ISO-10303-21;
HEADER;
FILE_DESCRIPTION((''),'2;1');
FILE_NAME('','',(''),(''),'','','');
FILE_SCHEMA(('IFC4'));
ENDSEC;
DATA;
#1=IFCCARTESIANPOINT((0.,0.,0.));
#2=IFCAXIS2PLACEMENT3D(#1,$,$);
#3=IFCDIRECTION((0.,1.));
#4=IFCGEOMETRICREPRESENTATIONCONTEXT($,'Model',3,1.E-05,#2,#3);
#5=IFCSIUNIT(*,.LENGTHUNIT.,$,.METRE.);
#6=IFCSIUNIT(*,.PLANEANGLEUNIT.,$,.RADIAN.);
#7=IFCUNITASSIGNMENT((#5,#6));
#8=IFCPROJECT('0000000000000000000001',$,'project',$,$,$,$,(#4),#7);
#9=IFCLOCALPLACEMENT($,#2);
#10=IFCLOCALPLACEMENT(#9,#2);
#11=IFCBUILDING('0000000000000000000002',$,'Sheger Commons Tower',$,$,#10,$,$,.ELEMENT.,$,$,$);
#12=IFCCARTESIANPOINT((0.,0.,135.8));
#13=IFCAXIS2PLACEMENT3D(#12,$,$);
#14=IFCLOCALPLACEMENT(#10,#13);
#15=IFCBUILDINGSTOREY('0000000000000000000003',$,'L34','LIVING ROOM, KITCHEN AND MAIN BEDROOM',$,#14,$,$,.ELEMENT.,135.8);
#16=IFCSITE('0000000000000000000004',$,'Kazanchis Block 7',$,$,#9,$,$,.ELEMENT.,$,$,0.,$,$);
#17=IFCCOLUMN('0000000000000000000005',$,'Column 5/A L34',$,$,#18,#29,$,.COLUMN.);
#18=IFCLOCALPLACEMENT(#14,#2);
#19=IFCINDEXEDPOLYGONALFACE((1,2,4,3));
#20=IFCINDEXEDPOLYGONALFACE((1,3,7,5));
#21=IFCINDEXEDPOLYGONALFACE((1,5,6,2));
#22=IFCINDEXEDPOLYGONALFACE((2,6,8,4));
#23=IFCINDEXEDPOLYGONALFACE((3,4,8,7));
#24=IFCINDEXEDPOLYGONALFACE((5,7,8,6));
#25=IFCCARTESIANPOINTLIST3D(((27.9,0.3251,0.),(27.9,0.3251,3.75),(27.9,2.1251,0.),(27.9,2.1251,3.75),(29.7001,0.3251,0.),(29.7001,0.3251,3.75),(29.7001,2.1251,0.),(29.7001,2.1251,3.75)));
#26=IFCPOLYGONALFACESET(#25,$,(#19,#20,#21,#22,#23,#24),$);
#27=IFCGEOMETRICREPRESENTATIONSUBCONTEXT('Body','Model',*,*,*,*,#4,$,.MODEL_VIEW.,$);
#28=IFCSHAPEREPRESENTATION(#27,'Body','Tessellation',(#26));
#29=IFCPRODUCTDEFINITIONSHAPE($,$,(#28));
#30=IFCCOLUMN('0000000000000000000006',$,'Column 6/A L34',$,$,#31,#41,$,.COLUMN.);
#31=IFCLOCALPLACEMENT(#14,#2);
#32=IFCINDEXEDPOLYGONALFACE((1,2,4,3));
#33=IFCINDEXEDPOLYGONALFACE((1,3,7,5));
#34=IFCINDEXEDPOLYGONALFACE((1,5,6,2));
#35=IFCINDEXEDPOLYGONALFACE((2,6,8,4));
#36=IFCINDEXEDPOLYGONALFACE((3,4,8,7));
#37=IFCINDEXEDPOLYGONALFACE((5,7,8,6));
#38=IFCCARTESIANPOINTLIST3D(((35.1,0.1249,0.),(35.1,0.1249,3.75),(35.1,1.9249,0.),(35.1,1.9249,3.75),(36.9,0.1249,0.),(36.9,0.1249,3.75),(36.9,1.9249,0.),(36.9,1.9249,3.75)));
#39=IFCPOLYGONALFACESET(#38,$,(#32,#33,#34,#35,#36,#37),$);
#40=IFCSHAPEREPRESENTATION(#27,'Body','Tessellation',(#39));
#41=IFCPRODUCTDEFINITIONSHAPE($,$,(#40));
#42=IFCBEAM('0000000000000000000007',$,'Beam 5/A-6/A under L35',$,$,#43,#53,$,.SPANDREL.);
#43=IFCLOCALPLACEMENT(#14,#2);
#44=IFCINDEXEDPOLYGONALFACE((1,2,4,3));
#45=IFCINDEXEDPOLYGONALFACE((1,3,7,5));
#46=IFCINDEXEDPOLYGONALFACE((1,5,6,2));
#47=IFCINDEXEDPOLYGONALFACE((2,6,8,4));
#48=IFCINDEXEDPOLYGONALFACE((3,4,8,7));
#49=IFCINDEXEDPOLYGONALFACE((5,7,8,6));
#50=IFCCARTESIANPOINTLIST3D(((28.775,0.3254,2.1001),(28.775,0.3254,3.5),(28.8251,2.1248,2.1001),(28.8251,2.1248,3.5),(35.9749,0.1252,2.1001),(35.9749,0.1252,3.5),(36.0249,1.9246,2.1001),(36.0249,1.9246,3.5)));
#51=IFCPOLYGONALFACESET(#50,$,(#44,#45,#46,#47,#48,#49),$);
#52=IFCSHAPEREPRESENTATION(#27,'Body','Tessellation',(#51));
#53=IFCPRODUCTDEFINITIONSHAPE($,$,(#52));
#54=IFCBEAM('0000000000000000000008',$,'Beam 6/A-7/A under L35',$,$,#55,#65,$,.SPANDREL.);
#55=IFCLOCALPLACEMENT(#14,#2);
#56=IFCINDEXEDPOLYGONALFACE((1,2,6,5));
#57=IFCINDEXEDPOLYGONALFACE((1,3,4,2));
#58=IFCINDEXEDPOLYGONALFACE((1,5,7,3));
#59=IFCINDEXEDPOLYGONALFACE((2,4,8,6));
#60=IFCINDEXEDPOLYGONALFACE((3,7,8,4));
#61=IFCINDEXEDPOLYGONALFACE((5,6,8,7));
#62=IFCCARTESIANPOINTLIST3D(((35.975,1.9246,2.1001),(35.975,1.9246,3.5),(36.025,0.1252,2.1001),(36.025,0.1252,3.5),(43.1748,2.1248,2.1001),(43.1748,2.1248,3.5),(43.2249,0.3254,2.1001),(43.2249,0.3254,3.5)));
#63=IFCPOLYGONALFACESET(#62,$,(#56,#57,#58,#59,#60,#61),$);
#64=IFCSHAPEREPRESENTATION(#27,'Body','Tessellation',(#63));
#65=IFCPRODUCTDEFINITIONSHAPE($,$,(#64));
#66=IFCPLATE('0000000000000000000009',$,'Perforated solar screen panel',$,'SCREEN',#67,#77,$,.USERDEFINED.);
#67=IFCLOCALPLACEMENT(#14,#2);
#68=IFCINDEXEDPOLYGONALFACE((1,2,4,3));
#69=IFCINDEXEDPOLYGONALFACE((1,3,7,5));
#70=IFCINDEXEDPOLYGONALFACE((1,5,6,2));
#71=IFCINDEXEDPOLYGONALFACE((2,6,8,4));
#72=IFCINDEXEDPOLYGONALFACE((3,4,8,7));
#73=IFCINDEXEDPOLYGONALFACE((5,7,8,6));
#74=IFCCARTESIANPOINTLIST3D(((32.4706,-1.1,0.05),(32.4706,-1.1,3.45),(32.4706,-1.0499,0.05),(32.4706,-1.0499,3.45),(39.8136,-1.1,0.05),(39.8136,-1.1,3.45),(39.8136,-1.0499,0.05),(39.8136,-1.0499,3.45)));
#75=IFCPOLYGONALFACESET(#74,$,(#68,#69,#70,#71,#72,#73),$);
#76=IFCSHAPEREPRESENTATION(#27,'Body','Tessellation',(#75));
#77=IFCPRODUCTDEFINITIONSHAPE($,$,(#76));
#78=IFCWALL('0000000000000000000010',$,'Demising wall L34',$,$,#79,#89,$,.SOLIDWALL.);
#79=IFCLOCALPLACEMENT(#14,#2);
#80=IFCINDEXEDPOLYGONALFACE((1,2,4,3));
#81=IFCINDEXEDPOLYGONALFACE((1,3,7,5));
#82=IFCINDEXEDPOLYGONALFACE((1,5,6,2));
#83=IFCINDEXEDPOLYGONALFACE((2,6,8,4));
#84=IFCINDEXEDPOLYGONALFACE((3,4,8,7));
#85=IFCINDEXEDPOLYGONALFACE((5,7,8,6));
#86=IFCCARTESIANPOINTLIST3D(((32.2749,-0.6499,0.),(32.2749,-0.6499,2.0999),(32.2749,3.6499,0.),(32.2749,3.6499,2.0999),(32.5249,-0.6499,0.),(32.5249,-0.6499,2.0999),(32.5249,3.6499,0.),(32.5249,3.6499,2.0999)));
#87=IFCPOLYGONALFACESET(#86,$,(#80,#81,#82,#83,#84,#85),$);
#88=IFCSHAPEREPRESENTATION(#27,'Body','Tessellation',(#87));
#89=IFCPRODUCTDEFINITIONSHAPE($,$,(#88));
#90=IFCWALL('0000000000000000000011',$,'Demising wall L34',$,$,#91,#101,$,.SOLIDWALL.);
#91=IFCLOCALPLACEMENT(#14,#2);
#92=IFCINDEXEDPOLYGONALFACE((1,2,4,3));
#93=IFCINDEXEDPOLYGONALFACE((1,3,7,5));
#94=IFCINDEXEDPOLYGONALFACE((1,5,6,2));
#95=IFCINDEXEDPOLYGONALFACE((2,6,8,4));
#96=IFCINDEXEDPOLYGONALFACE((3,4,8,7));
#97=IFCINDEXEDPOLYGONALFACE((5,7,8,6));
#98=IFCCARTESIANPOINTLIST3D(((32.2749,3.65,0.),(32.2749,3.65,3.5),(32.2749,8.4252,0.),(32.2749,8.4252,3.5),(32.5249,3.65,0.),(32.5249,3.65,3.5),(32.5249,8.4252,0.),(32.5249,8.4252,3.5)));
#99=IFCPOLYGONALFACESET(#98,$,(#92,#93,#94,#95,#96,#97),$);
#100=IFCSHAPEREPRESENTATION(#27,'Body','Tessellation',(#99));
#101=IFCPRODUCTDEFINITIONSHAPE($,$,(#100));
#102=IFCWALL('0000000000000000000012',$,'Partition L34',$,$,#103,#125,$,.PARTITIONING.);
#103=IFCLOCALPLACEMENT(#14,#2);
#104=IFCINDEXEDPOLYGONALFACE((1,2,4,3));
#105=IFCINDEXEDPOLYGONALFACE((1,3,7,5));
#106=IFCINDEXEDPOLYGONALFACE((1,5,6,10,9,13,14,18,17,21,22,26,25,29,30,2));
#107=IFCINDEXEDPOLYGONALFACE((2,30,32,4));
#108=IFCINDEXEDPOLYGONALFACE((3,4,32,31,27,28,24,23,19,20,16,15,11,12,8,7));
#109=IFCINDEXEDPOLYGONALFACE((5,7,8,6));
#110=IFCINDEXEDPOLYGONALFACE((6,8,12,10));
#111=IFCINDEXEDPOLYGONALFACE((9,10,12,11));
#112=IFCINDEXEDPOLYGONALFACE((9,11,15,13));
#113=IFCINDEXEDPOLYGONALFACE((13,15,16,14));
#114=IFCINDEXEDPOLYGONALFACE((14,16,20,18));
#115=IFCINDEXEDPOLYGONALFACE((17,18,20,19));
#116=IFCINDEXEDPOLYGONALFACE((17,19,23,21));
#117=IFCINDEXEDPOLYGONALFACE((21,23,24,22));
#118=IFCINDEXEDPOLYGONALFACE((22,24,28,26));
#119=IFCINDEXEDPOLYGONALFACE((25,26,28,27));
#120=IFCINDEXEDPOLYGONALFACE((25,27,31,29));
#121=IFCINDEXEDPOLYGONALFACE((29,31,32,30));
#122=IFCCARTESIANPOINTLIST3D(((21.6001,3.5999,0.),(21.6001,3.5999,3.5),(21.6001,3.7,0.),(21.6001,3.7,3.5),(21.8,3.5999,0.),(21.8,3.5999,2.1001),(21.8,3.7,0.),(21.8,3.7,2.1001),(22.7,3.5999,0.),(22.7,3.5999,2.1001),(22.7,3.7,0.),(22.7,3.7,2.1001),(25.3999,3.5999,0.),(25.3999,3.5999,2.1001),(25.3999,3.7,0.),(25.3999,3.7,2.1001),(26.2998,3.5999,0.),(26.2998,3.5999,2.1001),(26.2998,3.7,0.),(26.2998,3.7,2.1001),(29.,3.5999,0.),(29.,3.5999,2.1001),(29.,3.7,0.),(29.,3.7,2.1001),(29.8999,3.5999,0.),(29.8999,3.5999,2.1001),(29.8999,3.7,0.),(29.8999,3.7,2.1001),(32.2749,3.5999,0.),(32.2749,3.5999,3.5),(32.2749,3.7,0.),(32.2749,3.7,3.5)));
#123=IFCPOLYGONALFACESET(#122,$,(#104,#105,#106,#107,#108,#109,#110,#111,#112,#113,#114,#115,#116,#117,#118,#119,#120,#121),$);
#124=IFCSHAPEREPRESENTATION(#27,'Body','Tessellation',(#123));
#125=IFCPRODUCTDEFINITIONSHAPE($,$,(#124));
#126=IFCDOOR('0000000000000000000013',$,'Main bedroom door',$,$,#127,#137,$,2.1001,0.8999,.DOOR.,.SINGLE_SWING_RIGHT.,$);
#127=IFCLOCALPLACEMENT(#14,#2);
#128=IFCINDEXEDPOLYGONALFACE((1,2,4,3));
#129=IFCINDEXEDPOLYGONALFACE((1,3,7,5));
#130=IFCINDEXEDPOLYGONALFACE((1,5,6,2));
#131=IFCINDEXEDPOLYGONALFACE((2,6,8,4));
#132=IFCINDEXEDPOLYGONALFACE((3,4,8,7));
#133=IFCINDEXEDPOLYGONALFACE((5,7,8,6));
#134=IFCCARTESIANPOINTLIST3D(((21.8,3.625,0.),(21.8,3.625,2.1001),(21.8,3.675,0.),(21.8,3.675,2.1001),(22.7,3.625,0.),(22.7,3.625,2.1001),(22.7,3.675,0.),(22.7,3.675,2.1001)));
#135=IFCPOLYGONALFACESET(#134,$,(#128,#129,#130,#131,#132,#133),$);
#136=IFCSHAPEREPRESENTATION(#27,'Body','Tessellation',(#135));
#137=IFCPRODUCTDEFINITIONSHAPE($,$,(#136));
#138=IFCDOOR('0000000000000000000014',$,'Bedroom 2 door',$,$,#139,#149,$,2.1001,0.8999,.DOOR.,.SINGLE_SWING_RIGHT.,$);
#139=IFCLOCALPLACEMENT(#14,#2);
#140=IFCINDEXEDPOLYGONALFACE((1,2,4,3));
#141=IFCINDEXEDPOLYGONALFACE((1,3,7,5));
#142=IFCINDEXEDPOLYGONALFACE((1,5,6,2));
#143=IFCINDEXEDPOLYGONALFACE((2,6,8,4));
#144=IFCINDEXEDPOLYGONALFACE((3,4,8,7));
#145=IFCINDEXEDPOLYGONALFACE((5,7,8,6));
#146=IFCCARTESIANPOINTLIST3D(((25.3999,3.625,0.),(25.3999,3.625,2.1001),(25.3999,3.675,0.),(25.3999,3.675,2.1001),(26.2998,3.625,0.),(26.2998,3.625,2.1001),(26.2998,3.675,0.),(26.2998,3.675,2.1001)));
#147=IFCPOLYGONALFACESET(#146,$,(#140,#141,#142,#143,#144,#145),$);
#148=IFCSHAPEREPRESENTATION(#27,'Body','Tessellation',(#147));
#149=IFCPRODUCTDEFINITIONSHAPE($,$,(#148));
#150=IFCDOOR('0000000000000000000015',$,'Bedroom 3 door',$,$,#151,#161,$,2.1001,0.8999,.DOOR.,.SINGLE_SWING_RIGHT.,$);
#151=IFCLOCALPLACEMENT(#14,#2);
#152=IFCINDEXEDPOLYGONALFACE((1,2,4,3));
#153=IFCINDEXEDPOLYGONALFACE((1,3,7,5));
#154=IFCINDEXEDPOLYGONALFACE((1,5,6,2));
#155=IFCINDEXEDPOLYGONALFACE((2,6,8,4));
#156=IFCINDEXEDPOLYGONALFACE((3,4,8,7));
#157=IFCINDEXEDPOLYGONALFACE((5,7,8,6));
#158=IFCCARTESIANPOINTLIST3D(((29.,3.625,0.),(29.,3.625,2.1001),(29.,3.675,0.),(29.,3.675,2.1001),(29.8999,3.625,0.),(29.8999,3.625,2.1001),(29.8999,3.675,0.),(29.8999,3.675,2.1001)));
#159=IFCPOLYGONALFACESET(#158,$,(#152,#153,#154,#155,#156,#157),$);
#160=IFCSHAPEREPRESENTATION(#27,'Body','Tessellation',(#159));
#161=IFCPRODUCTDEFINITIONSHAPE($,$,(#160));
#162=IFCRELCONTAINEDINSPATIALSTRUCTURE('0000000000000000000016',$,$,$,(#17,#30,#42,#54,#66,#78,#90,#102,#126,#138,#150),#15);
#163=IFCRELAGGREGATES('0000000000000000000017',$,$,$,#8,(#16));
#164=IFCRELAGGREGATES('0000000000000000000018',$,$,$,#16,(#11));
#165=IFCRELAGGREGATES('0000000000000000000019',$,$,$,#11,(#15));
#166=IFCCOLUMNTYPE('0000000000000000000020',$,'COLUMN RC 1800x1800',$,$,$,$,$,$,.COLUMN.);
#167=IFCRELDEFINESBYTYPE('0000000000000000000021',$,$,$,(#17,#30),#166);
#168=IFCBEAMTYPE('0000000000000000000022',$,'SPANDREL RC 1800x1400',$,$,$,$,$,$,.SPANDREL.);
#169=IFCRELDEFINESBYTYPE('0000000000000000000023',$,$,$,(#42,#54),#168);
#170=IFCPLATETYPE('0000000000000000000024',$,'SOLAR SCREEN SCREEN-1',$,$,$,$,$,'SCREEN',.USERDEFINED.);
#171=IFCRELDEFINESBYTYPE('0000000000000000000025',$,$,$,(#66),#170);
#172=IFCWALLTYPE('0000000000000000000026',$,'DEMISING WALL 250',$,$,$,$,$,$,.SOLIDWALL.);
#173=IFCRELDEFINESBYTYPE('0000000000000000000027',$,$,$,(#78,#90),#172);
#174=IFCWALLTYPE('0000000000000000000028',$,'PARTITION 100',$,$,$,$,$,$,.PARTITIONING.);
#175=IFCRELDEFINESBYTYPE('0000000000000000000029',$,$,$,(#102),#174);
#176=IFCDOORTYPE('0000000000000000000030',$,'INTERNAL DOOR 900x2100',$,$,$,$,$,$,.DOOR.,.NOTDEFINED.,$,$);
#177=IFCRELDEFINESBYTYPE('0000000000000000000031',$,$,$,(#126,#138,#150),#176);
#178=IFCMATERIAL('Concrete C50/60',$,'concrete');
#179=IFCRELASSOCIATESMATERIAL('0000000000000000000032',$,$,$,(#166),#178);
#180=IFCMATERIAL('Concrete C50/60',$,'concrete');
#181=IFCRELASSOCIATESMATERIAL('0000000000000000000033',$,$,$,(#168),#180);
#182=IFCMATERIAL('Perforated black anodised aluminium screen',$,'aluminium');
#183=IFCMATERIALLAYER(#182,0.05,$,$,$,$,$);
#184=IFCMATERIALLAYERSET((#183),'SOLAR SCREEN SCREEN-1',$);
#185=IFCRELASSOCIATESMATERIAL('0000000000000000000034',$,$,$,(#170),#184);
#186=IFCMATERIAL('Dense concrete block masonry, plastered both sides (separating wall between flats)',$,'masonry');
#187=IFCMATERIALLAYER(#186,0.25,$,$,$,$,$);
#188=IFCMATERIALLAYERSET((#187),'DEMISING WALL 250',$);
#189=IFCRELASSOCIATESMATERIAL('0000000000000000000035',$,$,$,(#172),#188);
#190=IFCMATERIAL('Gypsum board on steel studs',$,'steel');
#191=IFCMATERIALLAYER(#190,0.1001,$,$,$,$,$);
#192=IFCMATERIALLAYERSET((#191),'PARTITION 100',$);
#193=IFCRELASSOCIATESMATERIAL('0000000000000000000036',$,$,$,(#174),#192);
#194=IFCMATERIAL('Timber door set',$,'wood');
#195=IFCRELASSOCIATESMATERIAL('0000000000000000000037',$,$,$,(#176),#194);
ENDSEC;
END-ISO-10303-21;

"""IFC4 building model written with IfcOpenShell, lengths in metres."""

from ifc_helpers import new_model, si_unit, direction, frame, frame_2d, origin, origin_2d, place, context, subcontext, project, spatial, rectangle, extrude, material, layer, layer_set, material_profile, profile_set, type_object, element, fill, save


model = new_model("IFC4")

# Units and contexts
model_context = context("Model", 3, precision=1e-05, world=origin(), true_north=direction((0.0, 1.0)))
body_context = subcontext(model_context, "Body", "Model", "MODEL_VIEW")
ifc_project = project(units=[si_unit("LENGTHUNIT", "METRE"), si_unit("PLANEANGLEUNIT", "RADIAN")], contexts=[model_context])

# Site, building, storey
site_placement = place(None, origin())
site = spatial("IfcSite", under=ifc_project, at=site_placement, Name="Kazanchis Block 7", CompositionType="ELEMENT", RefElevation=0.0)
building_placement = place(site_placement, origin())
building = spatial("IfcBuilding", under=site, at=building_placement, Name="Sheger Commons Tower", CompositionType="ELEMENT")
storey_placement = place(building_placement, frame((0.0, 0.0, 135.8)))
storey = spatial("IfcBuildingStorey", under=building, at=storey_placement, Name="L34", Description="LIVING ROOM, KITCHEN AND MAIN BEDROOM", CompositionType="ELEMENT", Elevation=135.8)

# Columns
ifc_material_1 = material(Name="Concrete C50/60", Category="concrete")
ifc_material_profile_1 = material_profile(ifc_material_1, rectangle(XDim=1.8, YDim=1.8, at=origin_2d()), Name="RC 1800x1800")
ifc_profile_set_1 = profile_set([ifc_material_profile_1], Name="Concrete C50/60")
column_type = type_object("IfcColumnType", Name="COLUMN RC 1800x1800", PredefinedType="COLUMN", material=ifc_profile_set_1)
for number, where, z_axis, x_axis, name in (
    (1, (28.8, 1.2251, 0.0), (0.0, 0.0, 1.0), (1.0, 0.0, 0.0), "Column 5/A L34"),
    (2, (36.0, 1.0249, 0.0), (0.0, 0.0, 1.0), (1.0, 0.0, 0.0), "Column 6/A L34"),
):
    element("IfcColumn", number, at=place(storey_placement, frame(where, z_axis=z_axis, x_axis=x_axis)), inside=storey, type_object=column_type, Name=name, PredefinedType="COLUMN", context=body_context, shape_type="SweptSolid", body=[
        extrude(rectangle(XDim=1.8, YDim=1.8, at=origin_2d()), origin(), (0.0, 0.0, 1.0), 3.75),
    ])

# Beams
ifc_material_2 = material(Name="Concrete C50/60", Category="concrete")
ifc_material_profile_2 = material_profile(ifc_material_2, rectangle(XDim=1.8, YDim=1.3999, at=origin_2d()), Name="RC 1800x1400")
ifc_profile_set_2 = profile_set([ifc_material_profile_2], Name="Concrete C50/60")
beam_type = type_object("IfcBeamType", Name="SPANDREL RC 1800x1400", PredefinedType="SPANDREL", material=ifc_profile_set_2)
for number, where, z_axis, x_axis, name in (
    (3, (28.8, 1.2251, 2.8), (0.999614, -0.027794, 0.0), (0.027794, 0.999614, 0.0), "Beam 5/A-6/A under L35"),
    (4, (36.0, 1.0249, 2.8), (0.999614, 0.027794, 0.0), (-0.027794, 0.999614, 0.0), "Beam 6/A-7/A under L35"),
):
    element("IfcBeam", number, at=place(storey_placement, frame(where, z_axis=z_axis, x_axis=x_axis)), inside=storey, type_object=beam_type, Name=name, PredefinedType="SPANDREL", context=body_context, shape_type="SweptSolid", body=[
        extrude(rectangle(XDim=1.8, YDim=1.3999, at=origin_2d()), origin(), (0.0, 0.0, 1.0), 7.2026),
    ])

# Plate
ifc_material_3 = material(Name="Perforated black anodised aluminium screen", Category="aluminium")
ifc_layer_1 = layer(ifc_material_3, 0.05)
ifc_layer_set_1 = layer_set([ifc_layer_1], Name="SOLAR SCREEN SCREEN-1")
plate_type = type_object("IfcPlateType", Name="SOLAR SCREEN SCREEN-1", ElementType="SCREEN", PredefinedType="USERDEFINED", material=ifc_layer_set_1)
plate_placement = place(storey_placement, frame((36.1421, -1.075, 0.05), z_axis=(0.0, 0.0, 1.0), x_axis=(1.0, 0.0, 0.0)))
element("IfcPlate", 5, at=plate_placement, inside=storey, type_object=plate_type, Name="Perforated solar screen panel", ObjectType="SCREEN", PredefinedType="USERDEFINED", context=body_context, shape_type="SweptSolid", body=[
    extrude(rectangle(XDim=7.343, YDim=0.05, at=origin_2d()), origin(), (0.0, 0.0, 1.0), 3.3999),
])

# Walls
ifc_material_4 = material(Name="Dense concrete block masonry, plastered both sides (separating wall between flats)", Category="masonry")
ifc_layer_2 = layer(ifc_material_4, 0.25)
ifc_layer_set_2 = layer_set([ifc_layer_2], Name="DEMISING WALL 250")
wall_type_1 = type_object("IfcWallType", Name="DEMISING WALL 250", PredefinedType="SOLIDWALL", material=ifc_layer_set_2)
wall_1_placement = place(storey_placement, frame((32.3999, -0.6499, 0.0), z_axis=(0.0, 0.0, 1.0), x_axis=(0.0, 1.0, 0.0)))
element("IfcWall", 6, at=wall_1_placement, inside=storey, type_object=wall_type_1, Name="Demising wall L34", PredefinedType="SOLIDWALL", context=body_context, shape_type="SweptSolid", body=[
    extrude(rectangle(XDim=4.2998, YDim=0.25, at=frame_2d((2.1499, 0.0))), origin(), (0.0, 0.0, 1.0), 2.0999),
])
wall_2_placement = place(storey_placement, frame((32.3999, 3.6499, 0.0), z_axis=(0.0, 0.0, 1.0), x_axis=(0.0, 1.0, 0.0)))
element("IfcWall", 7, at=wall_2_placement, inside=storey, type_object=wall_type_1, Name="Demising wall L34", PredefinedType="SOLIDWALL", context=body_context, shape_type="SweptSolid", body=[
    extrude(rectangle(XDim=4.7751, YDim=0.25, at=frame_2d((2.3877, 0.0))), origin(), (0.0, 0.0, 1.0), 3.5),
])

# Wall, openings, doors
ifc_material_5 = material(Name="Gypsum board on steel studs", Category="steel")
ifc_layer_3 = layer(ifc_material_5, 0.1001)
ifc_layer_set_3 = layer_set([ifc_layer_3], Name="PARTITION 100")
wall_type_2 = type_object("IfcWallType", Name="PARTITION 100", PredefinedType="PARTITIONING", material=ifc_layer_set_3)
wall_3_placement = place(storey_placement, frame((32.2749, 3.6499, 0.0), z_axis=(0.0, 0.0, 1.0), x_axis=(-1.0, 0.0, 0.0)))
wall_3 = element("IfcWall", 8, at=wall_3_placement, inside=storey, type_object=wall_type_2, Name="Partition L34", PredefinedType="PARTITIONING", context=body_context, shape_type="SweptSolid", body=[
    extrude(rectangle(XDim=10.6748, YDim=0.1001, at=frame_2d((5.3374, 0.0))), origin(), (0.0, 0.0, 1.0), 3.5),
])
opening_1_placement = place(wall_3_placement, frame((9.575, 0.0, 0.0)))
opening_1 = element("IfcOpeningElement", 9, at=opening_1_placement, cuts=wall_3, PredefinedType="OPENING", context=body_context, shape_type="SweptSolid", body=[
    extrude(rectangle(XDim=0.8999, YDim=2.1001, at=frame_2d((0.45, 1.05))), frame((0.0, 0.0601, 0.0), z_axis=(0.0, -1.0, 0.0), x_axis=(1.0, 0.0, 0.0)), (0.0, 0.0, 1.0), 0.1201),
])
opening_2_placement = place(wall_3_placement, frame((5.9751, 0.0, 0.0)))
opening_2 = element("IfcOpeningElement", 10, at=opening_2_placement, cuts=wall_3, PredefinedType="OPENING", context=body_context, shape_type="SweptSolid", body=[
    extrude(rectangle(XDim=0.8999, YDim=2.1001, at=frame_2d((0.45, 1.05))), frame((0.0, 0.0601, 0.0), z_axis=(0.0, -1.0, 0.0), x_axis=(1.0, 0.0, 0.0)), (0.0, 0.0, 1.0), 0.1201),
])
opening_3_placement = place(wall_3_placement, frame((2.375, 0.0, 0.0)))
opening_3 = element("IfcOpeningElement", 11, at=opening_3_placement, cuts=wall_3, PredefinedType="OPENING", context=body_context, shape_type="SweptSolid", body=[
    extrude(rectangle(XDim=0.8999, YDim=2.1001, at=frame_2d((0.45, 1.05))), frame((0.0, 0.0601, 0.0), z_axis=(0.0, -1.0, 0.0), x_axis=(1.0, 0.0, 0.0)), (0.0, 0.0, 1.0), 0.1201),
])
ifc_material_6 = material(Name="Timber door set", Category="wood")
door_type = type_object("IfcDoorType", Name="INTERNAL DOOR 900x2100", OperationType="NOTDEFINED", PredefinedType="DOOR", material=ifc_material_6)
door_1_placement = place(opening_1_placement, origin())
door_1 = element("IfcDoor", 12, at=door_1_placement, inside=storey, type_object=door_type, Name="Main bedroom door", OperationType="SINGLE_SWING_RIGHT", OverallHeight=2.1001, OverallWidth=0.8999, PredefinedType="DOOR", context=body_context, shape_type="SweptSolid", body=[
    extrude(rectangle(XDim=0.8999, YDim=2.1001, at=frame_2d((0.45, 1.05))), frame((0.0, 0.0249, 0.0), z_axis=(0.0, -1.0, 0.0), x_axis=(1.0, 0.0, 0.0)), (0.0, 0.0, 1.0), 0.05),
])
fill(opening_1, door_1)
door_2_placement = place(opening_2_placement, origin())
door_2 = element("IfcDoor", 13, at=door_2_placement, inside=storey, type_object=door_type, Name="Bedroom 2 door", OperationType="SINGLE_SWING_RIGHT", OverallHeight=2.1001, OverallWidth=0.8999, PredefinedType="DOOR", context=body_context, shape_type="SweptSolid", body=[
    extrude(rectangle(XDim=0.8999, YDim=2.1001, at=frame_2d((0.45, 1.05))), frame((0.0, 0.0249, 0.0), z_axis=(0.0, -1.0, 0.0), x_axis=(1.0, 0.0, 0.0)), (0.0, 0.0, 1.0), 0.05),
])
fill(opening_2, door_2)
door_3_placement = place(opening_3_placement, origin())
door_3 = element("IfcDoor", 14, at=door_3_placement, inside=storey, type_object=door_type, Name="Bedroom 3 door", OperationType="SINGLE_SWING_RIGHT", OverallHeight=2.1001, OverallWidth=0.8999, PredefinedType="DOOR", context=body_context, shape_type="SweptSolid", body=[
    extrude(rectangle(XDim=0.8999, YDim=2.1001, at=frame_2d((0.45, 1.05))), frame((0.0, 0.0249, 0.0), z_axis=(0.0, -1.0, 0.0), x_axis=(1.0, 0.0, 0.0)), (0.0, 0.0, 1.0), 0.05),
])
fill(opening_3, door_3)

save(model, "model.ifc")
